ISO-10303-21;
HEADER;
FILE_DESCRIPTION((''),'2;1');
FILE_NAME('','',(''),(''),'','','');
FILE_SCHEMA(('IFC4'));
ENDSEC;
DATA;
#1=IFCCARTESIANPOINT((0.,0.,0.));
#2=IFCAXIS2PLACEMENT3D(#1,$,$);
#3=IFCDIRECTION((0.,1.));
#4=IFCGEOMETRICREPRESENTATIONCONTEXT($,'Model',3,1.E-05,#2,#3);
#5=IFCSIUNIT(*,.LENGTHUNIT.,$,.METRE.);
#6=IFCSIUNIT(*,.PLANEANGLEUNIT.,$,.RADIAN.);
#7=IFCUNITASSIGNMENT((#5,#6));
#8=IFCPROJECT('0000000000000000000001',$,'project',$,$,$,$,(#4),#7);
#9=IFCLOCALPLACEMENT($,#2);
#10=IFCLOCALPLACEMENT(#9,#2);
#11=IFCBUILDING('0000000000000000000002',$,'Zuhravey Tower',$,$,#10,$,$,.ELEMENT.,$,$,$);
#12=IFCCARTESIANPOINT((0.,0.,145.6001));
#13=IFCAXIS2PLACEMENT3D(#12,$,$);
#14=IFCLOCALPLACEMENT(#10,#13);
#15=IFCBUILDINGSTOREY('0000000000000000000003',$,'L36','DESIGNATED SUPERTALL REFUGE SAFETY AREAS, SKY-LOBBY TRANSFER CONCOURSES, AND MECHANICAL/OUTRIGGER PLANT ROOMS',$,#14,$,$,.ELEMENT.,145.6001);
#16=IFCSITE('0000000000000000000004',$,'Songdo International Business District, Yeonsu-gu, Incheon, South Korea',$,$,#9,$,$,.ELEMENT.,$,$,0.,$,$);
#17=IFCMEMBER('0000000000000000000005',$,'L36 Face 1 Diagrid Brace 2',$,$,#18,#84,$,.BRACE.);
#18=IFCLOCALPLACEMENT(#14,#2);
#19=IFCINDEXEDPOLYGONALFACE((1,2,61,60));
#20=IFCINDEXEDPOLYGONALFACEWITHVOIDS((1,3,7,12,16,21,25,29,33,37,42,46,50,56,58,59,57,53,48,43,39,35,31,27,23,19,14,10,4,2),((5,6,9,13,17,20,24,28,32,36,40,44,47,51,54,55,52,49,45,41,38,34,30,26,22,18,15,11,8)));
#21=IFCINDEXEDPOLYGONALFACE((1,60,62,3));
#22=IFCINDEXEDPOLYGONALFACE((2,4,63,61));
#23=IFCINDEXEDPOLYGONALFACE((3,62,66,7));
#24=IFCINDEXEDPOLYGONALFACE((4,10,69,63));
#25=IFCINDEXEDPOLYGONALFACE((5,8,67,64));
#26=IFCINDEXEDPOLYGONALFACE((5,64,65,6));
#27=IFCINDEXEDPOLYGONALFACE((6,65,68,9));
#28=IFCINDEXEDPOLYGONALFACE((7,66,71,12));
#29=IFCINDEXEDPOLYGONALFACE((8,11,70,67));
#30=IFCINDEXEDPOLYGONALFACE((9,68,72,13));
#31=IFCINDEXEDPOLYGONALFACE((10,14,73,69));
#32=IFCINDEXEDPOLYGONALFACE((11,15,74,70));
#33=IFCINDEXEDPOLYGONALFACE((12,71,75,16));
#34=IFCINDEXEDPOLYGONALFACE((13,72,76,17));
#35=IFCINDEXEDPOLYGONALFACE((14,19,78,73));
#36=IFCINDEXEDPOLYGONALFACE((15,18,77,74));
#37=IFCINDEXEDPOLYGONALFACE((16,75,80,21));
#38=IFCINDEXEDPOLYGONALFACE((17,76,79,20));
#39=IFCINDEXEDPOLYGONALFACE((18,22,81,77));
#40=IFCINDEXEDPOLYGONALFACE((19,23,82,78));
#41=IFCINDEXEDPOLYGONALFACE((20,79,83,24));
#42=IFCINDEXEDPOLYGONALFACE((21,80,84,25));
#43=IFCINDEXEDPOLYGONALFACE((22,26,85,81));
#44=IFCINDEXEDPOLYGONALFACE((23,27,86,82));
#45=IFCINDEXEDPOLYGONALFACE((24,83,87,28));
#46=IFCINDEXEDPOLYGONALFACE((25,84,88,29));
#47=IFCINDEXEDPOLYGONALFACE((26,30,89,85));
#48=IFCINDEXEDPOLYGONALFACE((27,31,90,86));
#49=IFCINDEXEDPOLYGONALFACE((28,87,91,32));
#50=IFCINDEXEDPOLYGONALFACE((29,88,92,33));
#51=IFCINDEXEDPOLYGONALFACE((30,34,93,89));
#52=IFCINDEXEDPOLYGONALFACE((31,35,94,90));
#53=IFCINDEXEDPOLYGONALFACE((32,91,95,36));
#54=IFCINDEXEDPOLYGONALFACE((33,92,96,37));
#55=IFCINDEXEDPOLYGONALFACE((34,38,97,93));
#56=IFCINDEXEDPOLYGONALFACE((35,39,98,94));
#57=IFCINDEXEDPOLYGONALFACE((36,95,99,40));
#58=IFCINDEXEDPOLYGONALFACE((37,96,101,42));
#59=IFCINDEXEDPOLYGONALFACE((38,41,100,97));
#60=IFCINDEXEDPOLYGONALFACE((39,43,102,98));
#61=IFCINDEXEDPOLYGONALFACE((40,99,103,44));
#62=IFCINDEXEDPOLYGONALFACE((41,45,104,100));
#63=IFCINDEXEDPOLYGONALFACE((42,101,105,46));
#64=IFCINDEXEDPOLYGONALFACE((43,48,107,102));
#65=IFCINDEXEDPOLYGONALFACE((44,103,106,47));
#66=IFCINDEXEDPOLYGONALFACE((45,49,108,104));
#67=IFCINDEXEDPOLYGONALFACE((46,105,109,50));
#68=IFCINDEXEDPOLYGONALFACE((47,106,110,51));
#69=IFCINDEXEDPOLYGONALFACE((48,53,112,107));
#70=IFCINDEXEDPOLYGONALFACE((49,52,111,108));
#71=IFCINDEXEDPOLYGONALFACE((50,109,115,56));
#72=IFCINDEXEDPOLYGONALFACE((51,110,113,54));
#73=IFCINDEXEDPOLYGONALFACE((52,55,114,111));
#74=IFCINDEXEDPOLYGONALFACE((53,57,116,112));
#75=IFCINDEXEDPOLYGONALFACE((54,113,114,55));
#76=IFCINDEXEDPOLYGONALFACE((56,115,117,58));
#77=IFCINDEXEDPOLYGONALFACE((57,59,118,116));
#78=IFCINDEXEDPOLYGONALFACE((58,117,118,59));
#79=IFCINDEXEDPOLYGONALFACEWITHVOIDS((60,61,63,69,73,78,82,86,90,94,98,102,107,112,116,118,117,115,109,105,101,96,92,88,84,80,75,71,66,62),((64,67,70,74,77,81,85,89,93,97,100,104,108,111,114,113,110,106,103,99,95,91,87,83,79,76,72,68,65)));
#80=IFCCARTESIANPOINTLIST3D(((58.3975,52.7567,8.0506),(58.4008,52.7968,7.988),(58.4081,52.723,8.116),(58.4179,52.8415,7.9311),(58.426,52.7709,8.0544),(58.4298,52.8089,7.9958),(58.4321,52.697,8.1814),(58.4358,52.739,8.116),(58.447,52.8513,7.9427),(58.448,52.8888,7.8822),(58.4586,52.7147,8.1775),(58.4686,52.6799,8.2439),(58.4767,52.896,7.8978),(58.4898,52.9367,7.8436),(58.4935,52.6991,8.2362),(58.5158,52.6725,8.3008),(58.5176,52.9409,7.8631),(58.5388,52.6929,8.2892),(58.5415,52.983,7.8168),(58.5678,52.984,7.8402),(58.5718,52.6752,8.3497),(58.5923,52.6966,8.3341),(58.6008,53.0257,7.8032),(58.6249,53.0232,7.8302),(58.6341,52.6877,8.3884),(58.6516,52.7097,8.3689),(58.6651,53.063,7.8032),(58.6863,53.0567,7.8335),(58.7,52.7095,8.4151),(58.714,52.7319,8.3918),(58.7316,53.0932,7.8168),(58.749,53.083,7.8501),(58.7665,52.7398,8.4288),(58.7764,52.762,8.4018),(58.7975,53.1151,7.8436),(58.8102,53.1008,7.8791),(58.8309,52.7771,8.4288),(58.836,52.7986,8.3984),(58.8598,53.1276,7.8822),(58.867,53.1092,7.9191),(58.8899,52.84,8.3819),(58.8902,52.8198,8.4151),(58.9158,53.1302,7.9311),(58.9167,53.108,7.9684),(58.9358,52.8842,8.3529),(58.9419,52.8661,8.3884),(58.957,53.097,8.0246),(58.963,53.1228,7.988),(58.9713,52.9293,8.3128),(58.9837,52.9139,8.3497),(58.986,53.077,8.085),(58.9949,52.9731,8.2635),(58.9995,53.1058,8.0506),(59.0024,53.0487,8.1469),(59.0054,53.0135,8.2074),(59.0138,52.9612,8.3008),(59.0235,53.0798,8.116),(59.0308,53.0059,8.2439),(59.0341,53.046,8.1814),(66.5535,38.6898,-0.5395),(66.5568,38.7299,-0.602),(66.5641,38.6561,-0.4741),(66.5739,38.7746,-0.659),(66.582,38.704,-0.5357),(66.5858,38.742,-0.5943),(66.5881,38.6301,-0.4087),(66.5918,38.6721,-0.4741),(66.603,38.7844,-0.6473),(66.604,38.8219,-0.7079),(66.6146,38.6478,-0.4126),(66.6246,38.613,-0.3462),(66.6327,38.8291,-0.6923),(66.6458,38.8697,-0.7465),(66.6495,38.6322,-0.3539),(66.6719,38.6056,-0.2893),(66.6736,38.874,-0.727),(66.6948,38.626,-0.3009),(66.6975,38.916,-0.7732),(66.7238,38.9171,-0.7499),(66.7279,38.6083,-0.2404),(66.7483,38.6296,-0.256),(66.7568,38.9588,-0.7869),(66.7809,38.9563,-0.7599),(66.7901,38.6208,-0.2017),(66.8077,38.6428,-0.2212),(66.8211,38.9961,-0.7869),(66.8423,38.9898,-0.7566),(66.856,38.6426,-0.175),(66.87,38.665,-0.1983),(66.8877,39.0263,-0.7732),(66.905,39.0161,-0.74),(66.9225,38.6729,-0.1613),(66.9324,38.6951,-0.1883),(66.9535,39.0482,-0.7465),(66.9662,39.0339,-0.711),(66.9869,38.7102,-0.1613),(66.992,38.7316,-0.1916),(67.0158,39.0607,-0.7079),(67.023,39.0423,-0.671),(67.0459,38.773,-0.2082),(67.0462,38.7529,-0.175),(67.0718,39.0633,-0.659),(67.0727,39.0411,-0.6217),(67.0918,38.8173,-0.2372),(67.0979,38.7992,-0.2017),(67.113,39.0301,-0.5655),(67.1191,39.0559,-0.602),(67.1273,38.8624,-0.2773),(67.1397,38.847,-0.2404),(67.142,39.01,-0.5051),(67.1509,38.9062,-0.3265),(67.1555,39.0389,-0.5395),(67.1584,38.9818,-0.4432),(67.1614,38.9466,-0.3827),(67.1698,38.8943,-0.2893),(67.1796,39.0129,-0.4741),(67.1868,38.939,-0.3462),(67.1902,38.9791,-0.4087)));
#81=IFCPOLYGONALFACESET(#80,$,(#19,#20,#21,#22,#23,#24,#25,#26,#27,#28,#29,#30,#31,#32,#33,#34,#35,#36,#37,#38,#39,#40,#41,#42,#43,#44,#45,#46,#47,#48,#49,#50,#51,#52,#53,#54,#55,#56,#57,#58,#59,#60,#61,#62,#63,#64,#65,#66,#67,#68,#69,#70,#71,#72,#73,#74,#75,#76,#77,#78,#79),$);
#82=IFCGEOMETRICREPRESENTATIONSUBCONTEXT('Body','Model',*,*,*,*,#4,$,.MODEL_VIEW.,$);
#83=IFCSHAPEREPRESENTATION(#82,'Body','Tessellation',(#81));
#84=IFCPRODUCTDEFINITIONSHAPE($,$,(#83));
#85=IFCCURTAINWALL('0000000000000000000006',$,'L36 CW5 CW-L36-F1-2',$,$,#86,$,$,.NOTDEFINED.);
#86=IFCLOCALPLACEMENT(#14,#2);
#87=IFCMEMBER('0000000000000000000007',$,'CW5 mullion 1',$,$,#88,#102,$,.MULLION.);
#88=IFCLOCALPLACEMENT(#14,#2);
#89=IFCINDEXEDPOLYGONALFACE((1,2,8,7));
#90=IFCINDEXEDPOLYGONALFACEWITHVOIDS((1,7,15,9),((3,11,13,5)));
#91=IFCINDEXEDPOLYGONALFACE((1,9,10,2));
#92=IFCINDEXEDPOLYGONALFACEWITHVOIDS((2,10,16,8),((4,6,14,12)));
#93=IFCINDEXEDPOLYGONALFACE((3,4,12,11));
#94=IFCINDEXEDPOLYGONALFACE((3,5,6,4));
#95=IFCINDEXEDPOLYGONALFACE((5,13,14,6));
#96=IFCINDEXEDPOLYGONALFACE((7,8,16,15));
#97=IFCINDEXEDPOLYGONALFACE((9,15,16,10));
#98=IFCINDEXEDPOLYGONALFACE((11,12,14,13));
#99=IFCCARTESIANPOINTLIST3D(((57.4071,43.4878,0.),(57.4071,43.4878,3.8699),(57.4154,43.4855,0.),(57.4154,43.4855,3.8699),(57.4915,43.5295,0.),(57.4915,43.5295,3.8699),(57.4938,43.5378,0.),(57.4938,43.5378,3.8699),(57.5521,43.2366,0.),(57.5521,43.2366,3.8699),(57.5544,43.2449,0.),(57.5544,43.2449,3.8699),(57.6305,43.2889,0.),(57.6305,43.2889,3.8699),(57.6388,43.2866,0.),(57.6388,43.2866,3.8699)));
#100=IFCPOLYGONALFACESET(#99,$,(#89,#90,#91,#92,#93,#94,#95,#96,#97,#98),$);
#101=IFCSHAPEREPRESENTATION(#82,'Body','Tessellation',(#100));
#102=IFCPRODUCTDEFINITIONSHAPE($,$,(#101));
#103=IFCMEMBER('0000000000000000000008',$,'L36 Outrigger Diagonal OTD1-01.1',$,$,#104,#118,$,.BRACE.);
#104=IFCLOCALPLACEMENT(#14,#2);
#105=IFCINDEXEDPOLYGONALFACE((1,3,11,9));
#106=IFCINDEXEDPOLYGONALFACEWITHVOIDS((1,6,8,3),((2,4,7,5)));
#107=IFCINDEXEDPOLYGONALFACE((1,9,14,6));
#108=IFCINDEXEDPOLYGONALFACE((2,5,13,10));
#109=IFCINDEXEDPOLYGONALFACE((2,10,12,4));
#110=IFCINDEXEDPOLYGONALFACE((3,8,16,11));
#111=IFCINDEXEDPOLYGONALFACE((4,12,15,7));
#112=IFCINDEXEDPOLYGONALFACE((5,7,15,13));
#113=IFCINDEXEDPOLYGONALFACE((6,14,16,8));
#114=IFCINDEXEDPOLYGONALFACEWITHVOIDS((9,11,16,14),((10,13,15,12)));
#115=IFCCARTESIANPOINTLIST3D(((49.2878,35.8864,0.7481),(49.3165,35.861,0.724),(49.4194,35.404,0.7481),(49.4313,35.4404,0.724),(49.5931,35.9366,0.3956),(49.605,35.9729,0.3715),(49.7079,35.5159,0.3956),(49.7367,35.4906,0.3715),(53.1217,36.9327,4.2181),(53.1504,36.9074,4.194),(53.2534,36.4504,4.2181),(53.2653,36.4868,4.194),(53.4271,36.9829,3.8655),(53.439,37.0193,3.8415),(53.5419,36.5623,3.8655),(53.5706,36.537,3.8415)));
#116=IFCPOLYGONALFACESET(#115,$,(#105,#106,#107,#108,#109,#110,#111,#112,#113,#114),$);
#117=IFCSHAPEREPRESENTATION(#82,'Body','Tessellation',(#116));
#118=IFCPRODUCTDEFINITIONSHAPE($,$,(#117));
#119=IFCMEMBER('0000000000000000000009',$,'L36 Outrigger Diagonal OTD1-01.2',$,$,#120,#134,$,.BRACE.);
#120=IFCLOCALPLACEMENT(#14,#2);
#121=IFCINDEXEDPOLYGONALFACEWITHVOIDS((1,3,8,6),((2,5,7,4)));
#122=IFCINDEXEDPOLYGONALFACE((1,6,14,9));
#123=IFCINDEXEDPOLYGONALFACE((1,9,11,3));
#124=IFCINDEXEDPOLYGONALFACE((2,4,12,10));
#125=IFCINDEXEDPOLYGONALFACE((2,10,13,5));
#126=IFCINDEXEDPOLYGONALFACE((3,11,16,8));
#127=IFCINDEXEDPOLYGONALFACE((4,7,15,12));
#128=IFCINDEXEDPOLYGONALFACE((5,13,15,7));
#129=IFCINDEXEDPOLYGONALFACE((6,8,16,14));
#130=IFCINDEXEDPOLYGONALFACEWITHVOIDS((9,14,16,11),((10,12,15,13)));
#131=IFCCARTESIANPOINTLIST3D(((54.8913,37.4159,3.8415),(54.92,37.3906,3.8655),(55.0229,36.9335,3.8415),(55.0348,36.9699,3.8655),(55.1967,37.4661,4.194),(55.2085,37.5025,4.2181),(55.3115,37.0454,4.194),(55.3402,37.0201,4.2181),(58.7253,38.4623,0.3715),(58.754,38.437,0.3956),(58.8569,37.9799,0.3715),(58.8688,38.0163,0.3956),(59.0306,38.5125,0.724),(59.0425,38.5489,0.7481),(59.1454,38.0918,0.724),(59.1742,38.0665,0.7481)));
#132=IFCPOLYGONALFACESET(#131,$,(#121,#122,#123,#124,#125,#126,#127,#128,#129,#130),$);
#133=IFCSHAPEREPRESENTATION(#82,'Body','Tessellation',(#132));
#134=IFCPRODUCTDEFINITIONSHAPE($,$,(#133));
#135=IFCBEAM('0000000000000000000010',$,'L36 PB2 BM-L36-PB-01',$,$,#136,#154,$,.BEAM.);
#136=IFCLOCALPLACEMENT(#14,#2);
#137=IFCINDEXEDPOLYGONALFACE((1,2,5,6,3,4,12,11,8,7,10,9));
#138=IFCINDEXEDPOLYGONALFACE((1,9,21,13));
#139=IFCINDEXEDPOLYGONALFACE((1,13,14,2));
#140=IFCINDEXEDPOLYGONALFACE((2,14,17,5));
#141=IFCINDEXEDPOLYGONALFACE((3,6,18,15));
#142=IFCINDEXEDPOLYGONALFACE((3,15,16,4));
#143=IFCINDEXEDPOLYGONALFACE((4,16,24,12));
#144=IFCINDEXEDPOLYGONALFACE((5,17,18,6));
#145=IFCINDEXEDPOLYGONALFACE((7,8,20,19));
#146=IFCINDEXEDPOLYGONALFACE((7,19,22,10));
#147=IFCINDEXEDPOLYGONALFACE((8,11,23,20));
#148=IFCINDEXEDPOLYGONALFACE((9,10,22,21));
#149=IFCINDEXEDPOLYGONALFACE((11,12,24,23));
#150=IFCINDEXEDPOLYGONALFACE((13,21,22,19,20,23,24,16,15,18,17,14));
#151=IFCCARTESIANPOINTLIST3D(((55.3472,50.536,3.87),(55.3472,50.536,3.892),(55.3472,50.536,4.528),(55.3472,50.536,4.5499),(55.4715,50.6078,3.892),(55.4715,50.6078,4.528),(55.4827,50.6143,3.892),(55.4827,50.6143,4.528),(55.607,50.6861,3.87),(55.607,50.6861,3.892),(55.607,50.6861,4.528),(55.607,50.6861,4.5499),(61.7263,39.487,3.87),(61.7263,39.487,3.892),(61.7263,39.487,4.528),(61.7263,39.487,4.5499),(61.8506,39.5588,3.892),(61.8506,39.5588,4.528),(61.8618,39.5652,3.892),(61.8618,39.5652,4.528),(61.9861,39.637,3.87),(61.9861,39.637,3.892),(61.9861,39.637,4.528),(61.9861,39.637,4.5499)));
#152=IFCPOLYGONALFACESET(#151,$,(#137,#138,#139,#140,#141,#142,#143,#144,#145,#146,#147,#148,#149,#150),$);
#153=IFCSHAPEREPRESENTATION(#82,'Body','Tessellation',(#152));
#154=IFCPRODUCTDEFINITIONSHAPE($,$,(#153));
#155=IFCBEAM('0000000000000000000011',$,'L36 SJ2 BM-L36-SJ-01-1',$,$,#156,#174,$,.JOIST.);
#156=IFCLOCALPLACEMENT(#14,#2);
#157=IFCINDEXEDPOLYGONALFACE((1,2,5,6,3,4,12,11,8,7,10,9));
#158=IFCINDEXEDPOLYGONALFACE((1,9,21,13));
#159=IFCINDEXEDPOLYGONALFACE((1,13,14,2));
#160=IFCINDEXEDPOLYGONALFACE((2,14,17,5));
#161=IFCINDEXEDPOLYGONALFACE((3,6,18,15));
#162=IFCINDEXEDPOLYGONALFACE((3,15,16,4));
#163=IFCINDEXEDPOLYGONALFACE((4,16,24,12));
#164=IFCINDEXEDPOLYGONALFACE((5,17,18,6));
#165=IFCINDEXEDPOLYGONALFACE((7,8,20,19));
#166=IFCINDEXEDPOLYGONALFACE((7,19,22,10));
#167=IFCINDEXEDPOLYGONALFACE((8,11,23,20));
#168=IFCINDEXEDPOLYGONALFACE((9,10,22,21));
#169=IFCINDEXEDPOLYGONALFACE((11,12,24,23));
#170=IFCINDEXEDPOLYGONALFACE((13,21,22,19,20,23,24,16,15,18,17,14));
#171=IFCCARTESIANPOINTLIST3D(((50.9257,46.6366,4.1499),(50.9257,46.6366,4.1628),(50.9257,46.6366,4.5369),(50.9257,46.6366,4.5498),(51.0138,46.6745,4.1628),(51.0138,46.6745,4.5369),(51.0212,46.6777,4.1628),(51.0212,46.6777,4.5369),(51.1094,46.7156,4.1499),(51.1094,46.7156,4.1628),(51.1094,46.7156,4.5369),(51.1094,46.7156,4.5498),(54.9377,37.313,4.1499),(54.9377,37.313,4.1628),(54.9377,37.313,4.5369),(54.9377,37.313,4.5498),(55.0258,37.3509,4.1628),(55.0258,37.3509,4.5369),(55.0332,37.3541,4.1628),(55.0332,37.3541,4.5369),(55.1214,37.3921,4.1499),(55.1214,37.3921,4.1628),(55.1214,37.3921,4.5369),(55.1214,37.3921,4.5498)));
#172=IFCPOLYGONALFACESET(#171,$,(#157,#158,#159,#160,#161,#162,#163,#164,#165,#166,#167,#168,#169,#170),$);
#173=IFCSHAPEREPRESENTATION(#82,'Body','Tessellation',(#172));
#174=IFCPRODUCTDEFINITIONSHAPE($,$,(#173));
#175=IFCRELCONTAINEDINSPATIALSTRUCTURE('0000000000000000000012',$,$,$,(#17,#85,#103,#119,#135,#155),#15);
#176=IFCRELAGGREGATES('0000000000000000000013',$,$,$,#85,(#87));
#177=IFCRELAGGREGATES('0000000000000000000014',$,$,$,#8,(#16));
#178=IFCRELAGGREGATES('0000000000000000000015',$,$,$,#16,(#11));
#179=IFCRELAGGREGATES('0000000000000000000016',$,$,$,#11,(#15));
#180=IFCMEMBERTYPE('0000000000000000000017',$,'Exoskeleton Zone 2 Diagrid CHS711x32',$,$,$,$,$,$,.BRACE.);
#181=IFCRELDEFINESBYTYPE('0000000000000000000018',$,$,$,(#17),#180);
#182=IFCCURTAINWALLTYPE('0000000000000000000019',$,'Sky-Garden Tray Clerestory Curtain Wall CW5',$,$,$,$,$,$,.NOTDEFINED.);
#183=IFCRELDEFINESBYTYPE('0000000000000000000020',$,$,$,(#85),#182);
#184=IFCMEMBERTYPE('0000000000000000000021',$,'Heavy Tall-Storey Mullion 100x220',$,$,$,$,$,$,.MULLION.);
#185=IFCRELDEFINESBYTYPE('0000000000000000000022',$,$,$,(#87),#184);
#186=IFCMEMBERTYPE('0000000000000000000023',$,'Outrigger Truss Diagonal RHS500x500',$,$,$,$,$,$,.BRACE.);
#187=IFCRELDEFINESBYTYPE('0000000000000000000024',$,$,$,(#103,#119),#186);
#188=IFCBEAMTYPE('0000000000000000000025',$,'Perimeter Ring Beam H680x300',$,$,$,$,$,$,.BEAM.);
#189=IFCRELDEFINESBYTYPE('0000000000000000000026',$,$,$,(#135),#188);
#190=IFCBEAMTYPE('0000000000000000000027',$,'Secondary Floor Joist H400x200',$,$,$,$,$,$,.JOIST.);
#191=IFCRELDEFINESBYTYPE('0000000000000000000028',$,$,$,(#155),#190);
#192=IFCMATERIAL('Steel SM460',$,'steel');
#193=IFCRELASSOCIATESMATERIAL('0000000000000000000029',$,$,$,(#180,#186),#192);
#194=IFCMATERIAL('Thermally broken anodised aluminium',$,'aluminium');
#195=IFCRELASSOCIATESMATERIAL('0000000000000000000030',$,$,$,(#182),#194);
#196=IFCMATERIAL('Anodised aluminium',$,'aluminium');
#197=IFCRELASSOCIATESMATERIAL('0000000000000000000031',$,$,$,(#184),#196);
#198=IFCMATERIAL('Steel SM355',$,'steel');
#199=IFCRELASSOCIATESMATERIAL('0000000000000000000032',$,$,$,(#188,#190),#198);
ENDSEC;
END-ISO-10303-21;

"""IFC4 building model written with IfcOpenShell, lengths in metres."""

from ifc_helpers import new_model, si_unit, direction, frame, origin, origin_2d, place, context, subcontext, project, spatial, hollow_rectangle, hollow_circle, i_section, extrude, material, material_profile, profile_set, type_object, element, aggregate, save


model = new_model("IFC4")

# Units and contexts
model_context = context("Model", 3, precision=1e-05, world=origin(), true_north=direction((0.0, 1.0)))
body_context = subcontext(model_context, "Body", "Model", "MODEL_VIEW")
ifc_project = project(units=[si_unit("LENGTHUNIT", "METRE"), si_unit("PLANEANGLEUNIT", "RADIAN")], contexts=[model_context])

# Site, building, storey
site_placement = place(None, origin())
site = spatial("IfcSite", under=ifc_project, at=site_placement, Name="Songdo International Business District, Yeonsu-gu, Incheon, South Korea", CompositionType="ELEMENT", RefElevation=0.0)
building_placement = place(site_placement, origin())
building = spatial("IfcBuilding", under=site, at=building_placement, Name="Zuhravey Tower", CompositionType="ELEMENT")
storey_placement = place(building_placement, frame((0.0, 0.0, 145.6001)))
storey = spatial("IfcBuildingStorey", under=building, at=storey_placement, Name="L36", Description="DESIGNATED SUPERTALL REFUGE SAFETY AREAS, SKY-LOBBY TRANSFER CONCOURSES, AND MECHANICAL/OUTRIGGER PLANT ROOMS", CompositionType="ELEMENT", Elevation=145.6001)

# Member
ifc_material_1 = material(Name="Steel SM355", Category="steel")
ifc_material_2 = material(Name="Steel SM460", Category="steel")
ifc_material_profile_1 = material_profile(ifc_material_2, hollow_circle(Radius=0.3557, WallThickness=0.032, at=origin_2d()), Name="CHS-711.2x32")
ifc_profile_set_1 = profile_set([ifc_material_profile_1], Name="Steel SM460")
member_type_1 = type_object("IfcMemberType", Name="Exoskeleton Zone 2 Diagrid CHS711x32", PredefinedType="BRACE", material=ifc_profile_set_1)
member_1_placement = place(storey_placement, frame((66.8718, 38.8345, -0.4741), z_axis=(-0.443505, 0.764926, 0.46711), x_axis=(-0.865106, -0.50159, 0.0)))
element("IfcMember", 1, at=member_1_placement, inside=storey, type_object=member_type_1, Name="L36 Face 1 Diagrid Brace 2", PredefinedType="BRACE", context=body_context, shape_type="SweptSolid", body=[
    extrude(hollow_circle(Radius=0.3557, WallThickness=0.032, at=origin_2d()), origin(), (0.0, 0.0, 1.0), 18.3899),
])

# Curtain wall, member
ifc_material_3 = material(Name="Thermally broken anodised aluminium", Category="aluminium")
curtain_wall_type = type_object("IfcCurtainWallType", Name="Sky-Garden Tray Clerestory Curtain Wall CW5", PredefinedType="NOTDEFINED", material=ifc_material_3)
curtain_wall_placement = place(storey_placement, origin())
curtain_wall = element("IfcCurtainWall", 2, at=curtain_wall_placement, inside=storey, type_object=curtain_wall_type, Name="L36 CW5 CW-L36-F1-2", PredefinedType="NOTDEFINED")
ifc_material_4 = material(Name="Anodised aluminium", Category="aluminium")
ifc_material_profile_2 = material_profile(ifc_material_4, hollow_rectangle(XDim=0.1001, YDim=0.29, WallThickness=0.0061, at=origin_2d()), Name="ALU-RHS-100x290x6")
ifc_profile_set_2 = profile_set([ifc_material_profile_2], Name="Anodised aluminium")
member_type_2 = type_object("IfcMemberType", Name="Heavy Tall-Storey Mullion 100x220", PredefinedType="MULLION", material=ifc_profile_set_2)
member_2_placement = place(storey_placement, frame((57.5229, 43.3872, 0.0), z_axis=(0.0, 0.0, 1.0), x_axis=(0.866023, 0.500004, 0.0)))
member_2 = element("IfcMember", 3, at=member_2_placement, type_object=member_type_2, Name="CW5 mullion 1", PredefinedType="MULLION", context=body_context, shape_type="SweptSolid", body=[
    extrude(hollow_rectangle(XDim=0.1001, YDim=0.29, WallThickness=0.0061, at=origin_2d()), origin(), (0.0, 0.0, 1.0), 3.8699),
])

# Members
ifc_material_profile_3 = material_profile(ifc_material_2, hollow_rectangle(XDim=0.5, YDim=0.5, WallThickness=0.032, at=origin_2d()), Name="RHS-500x500x32")
ifc_profile_set_3 = profile_set([ifc_material_profile_3], Name="Steel SM460")
member_type_3 = type_object("IfcMemberType", Name="Outrigger Truss Diagonal RHS500x500", PredefinedType="BRACE", material=ifc_profile_set_3)
for number, where, z_axis, x_axis, name in (
    (4, (49.5122, 35.6885, 0.5598), (0.726699, 0.198334, 0.657703), (-0.263294, 0.964716, 0.0), "L36 Outrigger Diagonal OTD1-01.1"),
    (5, (58.9497, 38.2644, 0.5598), (-0.726699, -0.198334, 0.657703), (0.263294, -0.964716, 0.0), "L36 Outrigger Diagonal OTD1-01.2"),
):
    element("IfcMember", number, at=place(storey_placement, frame(where, z_axis=z_axis, x_axis=x_axis)), inside=storey, type_object=member_type_3, Name=name, PredefinedType="BRACE", context=body_context, shape_type="SweptSolid", body=[
        extrude(hollow_rectangle(XDim=0.5, YDim=0.5, WallThickness=0.032, at=origin_2d()), origin(), (0.0, 0.0, 1.0), 5.2759),
    ])

# Beams
ifc_material_profile_4 = material_profile(ifc_material_1, i_section(OverallWidth=0.3, OverallDepth=0.6799, WebThickness=0.0129, FlangeThickness=0.022, at=origin_2d()), Name="H-680x300x13x22")
ifc_profile_set_4 = profile_set([ifc_material_profile_4], Name="Steel SM355")
beam_type_1 = type_object("IfcBeamType", Name="Perimeter Ring Beam H680x300", PredefinedType="BEAM", material=ifc_profile_set_4)
beam_1_placement = place(storey_placement, frame((61.8562, 39.562, 4.21), z_axis=(-0.499998, 0.866027, 0.0), x_axis=(-0.866027, -0.499998, 0.0)))
element("IfcBeam", 6, at=beam_1_placement, inside=storey, type_object=beam_type_1, Name="L36 PB2 BM-L36-PB-01", PredefinedType="BEAM", context=body_context, shape_type="SweptSolid", body=[
    extrude(i_section(OverallWidth=0.3, OverallDepth=0.6799, WebThickness=0.0129, FlangeThickness=0.022, at=origin_2d()), origin(), (0.0, 0.0, 1.0), 12.7583),
])
ifc_material_profile_5 = material_profile(ifc_material_1, i_section(OverallWidth=0.2, OverallDepth=0.3999, WebThickness=0.0081, FlangeThickness=0.0129, at=origin_2d()), Name="H-400x200x8x13")
ifc_profile_set_5 = profile_set([ifc_material_profile_5], Name="Steel SM355")
beam_type_2 = type_object("IfcBeamType", Name="Secondary Floor Joist H400x200", PredefinedType="JOIST", material=ifc_profile_set_5)
beam_2_placement = place(storey_placement, frame((55.0295, 37.3525, 4.3499), z_axis=(-0.395266, 0.918567, 0.0), x_axis=(-0.918567, -0.395266, 0.0)))
element("IfcBeam", 7, at=beam_2_placement, inside=storey, type_object=beam_type_2, Name="L36 SJ2 BM-L36-SJ-01-1", PredefinedType="JOIST", context=body_context, shape_type="SweptSolid", body=[
    extrude(i_section(OverallWidth=0.2, OverallDepth=0.3999, WebThickness=0.0081, FlangeThickness=0.0129, at=origin_2d()), origin(), (0.0, 0.0, 1.0), 10.1501),
])

aggregate(curtain_wall, [member_2])

save(model, "model.ifc")
